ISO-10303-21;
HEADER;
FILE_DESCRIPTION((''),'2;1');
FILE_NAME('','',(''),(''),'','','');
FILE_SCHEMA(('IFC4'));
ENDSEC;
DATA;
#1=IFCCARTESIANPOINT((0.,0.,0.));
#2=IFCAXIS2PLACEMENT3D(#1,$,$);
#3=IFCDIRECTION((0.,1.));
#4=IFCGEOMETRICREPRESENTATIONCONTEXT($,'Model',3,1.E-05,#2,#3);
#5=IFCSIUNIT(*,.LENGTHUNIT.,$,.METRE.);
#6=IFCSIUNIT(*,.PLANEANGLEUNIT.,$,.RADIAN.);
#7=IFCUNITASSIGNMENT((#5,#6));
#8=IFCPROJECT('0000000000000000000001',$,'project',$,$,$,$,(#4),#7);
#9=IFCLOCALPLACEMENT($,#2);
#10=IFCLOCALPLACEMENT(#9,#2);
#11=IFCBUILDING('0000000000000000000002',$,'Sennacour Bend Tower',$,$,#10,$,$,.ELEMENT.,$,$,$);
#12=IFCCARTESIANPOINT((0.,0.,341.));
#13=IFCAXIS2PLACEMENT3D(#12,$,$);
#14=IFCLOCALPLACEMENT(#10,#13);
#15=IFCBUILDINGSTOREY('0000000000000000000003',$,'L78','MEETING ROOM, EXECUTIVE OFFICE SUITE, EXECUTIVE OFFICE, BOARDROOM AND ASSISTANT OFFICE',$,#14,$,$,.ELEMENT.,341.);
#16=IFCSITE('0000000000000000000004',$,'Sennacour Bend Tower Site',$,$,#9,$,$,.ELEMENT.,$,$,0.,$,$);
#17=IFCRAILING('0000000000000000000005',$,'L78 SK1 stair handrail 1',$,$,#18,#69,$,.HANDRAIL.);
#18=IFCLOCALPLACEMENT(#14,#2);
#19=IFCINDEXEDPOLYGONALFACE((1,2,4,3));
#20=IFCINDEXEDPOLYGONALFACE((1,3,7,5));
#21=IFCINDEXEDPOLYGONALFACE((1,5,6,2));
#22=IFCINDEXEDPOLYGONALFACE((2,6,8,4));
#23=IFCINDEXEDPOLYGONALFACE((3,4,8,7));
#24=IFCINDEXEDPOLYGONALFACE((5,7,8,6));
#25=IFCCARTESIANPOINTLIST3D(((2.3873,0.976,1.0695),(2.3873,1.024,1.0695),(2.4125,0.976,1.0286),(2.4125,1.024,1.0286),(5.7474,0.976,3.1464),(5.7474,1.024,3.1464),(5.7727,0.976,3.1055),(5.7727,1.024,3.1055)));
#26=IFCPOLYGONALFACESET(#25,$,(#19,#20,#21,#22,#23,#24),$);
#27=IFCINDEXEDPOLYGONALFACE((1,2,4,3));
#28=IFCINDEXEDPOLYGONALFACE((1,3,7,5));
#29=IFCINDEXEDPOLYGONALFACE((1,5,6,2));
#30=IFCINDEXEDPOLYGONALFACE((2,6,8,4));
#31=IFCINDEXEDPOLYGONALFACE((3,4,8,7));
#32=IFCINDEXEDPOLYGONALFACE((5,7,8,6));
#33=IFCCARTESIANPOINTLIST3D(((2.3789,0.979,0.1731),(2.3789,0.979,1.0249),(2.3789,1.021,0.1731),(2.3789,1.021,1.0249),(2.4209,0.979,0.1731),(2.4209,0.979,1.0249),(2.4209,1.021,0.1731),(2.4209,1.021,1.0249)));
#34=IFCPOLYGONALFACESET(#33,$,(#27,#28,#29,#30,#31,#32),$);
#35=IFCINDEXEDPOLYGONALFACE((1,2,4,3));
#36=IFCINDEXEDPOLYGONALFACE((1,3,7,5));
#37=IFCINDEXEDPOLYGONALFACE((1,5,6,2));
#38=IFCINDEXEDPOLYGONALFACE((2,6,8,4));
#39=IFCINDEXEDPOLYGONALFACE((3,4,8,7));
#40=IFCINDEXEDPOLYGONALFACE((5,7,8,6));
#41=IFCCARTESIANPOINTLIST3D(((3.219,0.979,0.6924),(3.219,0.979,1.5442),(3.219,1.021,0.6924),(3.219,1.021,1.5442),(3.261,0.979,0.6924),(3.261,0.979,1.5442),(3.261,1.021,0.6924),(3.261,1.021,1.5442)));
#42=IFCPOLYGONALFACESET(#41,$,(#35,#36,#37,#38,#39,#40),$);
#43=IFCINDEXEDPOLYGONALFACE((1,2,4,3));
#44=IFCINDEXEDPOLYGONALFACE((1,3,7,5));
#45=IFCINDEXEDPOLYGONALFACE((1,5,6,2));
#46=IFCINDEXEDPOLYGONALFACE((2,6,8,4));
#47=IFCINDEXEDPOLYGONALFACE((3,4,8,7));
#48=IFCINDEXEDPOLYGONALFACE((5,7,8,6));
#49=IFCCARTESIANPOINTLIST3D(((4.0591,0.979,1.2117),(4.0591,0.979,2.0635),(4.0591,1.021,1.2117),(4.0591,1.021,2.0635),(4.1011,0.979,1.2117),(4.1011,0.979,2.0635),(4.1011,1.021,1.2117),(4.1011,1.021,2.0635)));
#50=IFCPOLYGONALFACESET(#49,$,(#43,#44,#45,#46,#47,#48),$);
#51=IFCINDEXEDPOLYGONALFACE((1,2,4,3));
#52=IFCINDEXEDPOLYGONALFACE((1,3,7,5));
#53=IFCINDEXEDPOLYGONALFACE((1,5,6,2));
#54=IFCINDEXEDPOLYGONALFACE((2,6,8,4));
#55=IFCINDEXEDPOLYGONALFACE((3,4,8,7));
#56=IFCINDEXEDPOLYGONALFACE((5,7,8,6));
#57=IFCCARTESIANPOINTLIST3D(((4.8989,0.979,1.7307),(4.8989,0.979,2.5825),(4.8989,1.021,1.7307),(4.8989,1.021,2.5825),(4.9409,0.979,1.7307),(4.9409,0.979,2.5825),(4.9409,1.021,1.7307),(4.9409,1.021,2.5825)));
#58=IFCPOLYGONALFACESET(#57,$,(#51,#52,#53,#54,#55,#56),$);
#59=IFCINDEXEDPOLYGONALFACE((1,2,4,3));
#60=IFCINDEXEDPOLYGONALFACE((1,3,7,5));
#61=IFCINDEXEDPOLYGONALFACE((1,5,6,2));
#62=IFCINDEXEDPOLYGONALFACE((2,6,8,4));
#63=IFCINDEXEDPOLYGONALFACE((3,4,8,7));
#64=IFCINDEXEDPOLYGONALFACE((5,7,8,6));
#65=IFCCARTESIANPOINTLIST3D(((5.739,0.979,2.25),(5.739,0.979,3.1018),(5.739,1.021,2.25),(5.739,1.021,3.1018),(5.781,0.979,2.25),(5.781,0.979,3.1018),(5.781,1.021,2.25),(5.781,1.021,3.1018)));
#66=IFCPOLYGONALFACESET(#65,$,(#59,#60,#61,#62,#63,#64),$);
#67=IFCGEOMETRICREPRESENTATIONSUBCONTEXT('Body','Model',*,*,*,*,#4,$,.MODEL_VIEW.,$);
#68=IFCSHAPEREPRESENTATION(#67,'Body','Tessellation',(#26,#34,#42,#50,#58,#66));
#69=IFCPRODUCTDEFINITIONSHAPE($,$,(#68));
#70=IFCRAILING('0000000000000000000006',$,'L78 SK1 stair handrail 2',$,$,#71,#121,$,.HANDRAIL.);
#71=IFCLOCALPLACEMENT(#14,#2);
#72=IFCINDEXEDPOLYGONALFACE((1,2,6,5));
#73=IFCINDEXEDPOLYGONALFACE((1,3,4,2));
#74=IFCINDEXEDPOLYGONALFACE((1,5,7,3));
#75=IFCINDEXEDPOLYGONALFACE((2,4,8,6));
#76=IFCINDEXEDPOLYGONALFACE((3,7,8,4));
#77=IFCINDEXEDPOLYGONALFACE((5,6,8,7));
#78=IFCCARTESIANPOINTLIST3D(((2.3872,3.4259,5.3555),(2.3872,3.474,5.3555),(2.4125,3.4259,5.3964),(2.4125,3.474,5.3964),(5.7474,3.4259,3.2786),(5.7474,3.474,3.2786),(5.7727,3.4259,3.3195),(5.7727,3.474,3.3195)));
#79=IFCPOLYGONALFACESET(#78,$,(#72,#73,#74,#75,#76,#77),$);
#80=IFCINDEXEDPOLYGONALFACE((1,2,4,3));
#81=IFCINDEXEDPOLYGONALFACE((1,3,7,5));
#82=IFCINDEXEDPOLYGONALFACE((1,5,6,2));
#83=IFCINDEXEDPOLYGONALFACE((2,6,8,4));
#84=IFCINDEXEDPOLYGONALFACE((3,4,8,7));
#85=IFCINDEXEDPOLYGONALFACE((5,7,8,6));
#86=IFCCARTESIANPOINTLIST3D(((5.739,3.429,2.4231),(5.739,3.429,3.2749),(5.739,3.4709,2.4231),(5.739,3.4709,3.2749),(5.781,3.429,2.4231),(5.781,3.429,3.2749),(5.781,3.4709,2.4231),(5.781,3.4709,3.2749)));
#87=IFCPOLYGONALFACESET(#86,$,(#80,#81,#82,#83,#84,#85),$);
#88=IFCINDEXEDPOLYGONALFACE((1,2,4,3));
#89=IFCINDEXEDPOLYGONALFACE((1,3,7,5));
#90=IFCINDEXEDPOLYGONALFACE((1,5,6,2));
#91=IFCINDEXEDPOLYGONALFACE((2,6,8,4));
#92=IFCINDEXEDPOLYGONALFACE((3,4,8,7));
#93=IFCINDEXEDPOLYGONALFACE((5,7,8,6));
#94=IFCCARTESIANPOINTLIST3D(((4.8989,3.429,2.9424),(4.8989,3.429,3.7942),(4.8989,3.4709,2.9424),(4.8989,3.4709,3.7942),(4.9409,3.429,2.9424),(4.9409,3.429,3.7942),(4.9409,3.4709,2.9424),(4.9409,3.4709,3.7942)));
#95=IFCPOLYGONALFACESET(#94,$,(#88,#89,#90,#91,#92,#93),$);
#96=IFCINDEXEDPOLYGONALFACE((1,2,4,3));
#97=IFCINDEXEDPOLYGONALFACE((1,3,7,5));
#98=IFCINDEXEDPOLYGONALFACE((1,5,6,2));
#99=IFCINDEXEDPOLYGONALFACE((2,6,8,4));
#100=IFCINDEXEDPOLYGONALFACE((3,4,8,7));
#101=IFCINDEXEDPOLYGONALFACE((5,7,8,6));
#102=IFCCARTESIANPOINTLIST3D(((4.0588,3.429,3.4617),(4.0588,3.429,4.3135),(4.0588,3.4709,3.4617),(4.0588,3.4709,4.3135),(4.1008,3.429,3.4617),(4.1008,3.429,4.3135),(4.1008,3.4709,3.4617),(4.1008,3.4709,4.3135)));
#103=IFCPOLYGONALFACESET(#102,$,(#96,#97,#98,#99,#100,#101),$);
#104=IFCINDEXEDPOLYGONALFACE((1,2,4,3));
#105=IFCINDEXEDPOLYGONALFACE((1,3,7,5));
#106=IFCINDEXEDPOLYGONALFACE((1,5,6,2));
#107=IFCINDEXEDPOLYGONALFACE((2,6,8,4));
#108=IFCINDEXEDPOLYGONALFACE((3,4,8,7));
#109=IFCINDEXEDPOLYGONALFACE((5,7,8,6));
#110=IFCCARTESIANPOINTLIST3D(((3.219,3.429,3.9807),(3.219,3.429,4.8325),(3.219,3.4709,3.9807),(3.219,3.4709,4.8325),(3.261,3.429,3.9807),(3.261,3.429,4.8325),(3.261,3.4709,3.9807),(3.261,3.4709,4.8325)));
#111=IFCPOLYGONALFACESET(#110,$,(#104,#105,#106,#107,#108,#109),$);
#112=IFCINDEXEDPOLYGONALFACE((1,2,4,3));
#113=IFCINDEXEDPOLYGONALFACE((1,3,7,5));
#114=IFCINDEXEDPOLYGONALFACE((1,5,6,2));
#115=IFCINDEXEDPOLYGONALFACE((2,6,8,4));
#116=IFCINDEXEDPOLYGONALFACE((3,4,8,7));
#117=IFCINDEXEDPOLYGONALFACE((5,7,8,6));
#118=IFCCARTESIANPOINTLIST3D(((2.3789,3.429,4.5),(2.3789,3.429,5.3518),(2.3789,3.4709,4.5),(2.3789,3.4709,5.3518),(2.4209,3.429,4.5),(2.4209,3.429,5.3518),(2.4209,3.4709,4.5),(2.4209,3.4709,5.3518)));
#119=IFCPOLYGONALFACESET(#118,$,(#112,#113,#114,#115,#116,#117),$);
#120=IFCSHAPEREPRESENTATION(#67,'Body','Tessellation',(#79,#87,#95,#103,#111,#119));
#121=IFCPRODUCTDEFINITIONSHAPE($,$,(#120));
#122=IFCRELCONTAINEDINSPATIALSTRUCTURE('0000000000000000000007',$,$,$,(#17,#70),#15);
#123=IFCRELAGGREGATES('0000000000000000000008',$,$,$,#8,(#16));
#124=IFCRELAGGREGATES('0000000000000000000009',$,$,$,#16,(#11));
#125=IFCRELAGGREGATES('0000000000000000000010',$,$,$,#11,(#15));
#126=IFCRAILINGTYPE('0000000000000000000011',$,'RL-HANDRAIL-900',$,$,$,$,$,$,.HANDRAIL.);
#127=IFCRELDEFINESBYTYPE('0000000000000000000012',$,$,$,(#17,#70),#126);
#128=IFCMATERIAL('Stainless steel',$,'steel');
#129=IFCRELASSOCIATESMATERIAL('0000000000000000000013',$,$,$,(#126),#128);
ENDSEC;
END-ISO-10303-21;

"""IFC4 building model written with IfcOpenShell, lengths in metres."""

from ifc_helpers import new_model, si_unit, direction, frame, origin, origin_2d, place, context, subcontext, project, spatial, rectangle, extrude, material, type_object, element, save


model = new_model("IFC4")

# Units and contexts
model_context = context("Model", 3, precision=1e-05, world=origin(), true_north=direction((0.0, 1.0)))
body_context = subcontext(model_context, "Body", "Model", "MODEL_VIEW")
ifc_project = project(units=[si_unit("LENGTHUNIT", "METRE"), si_unit("PLANEANGLEUNIT", "RADIAN")], contexts=[model_context])

# Site, building, storey
site_placement = place(None, origin())
site = spatial("IfcSite", under=ifc_project, at=site_placement, Name="Sennacour Bend Tower Site", CompositionType="ELEMENT", RefElevation=0.0)
building_placement = place(site_placement, origin())
building = spatial("IfcBuilding", under=site, at=building_placement, Name="Sennacour Bend Tower", CompositionType="ELEMENT")
storey_placement = place(building_placement, frame((0.0, 0.0, 341.0)))
storey = spatial("IfcBuildingStorey", under=building, at=storey_placement, Name="L78", Description="MEETING ROOM, EXECUTIVE OFFICE SUITE, EXECUTIVE OFFICE, BOARDROOM AND ASSISTANT OFFICE", CompositionType="ELEMENT", Elevation=341.0)

# Railings
ifc_material_1 = material(Name="Stainless steel", Category="steel")
railing_type_1 = type_object("IfcRailingType", Name="RL-HANDRAIL-900", PredefinedType="HANDRAIL", material=ifc_material_1)
railing_1_placement = place(storey_placement, frame((2.3999, 1.0, 0.1731)))
element("IfcRailing", 1, at=railing_1_placement, inside=storey, type_object=railing_type_1, Name="L78 SK1 stair handrail 1", PredefinedType="HANDRAIL", context=body_context, shape_type="SweptSolid", body=[
    extrude(rectangle(XDim=0.0481, YDim=0.0481, at=origin_2d()), frame((0.0, 0.0, 0.876), z_axis=(0.850623, 0.0, 0.525776), x_axis=(0.0, 1.0, 0.0)), (0.0, 0.0, 1.0), 3.9502),
    extrude(rectangle(XDim=0.042, YDim=0.042, at=origin_2d()), origin(), (0.0, 0.0, 1.0), 0.8518),
    extrude(rectangle(XDim=0.042, YDim=0.042, at=origin_2d()), frame((0.8401, 0.0, 0.5193)), (0.0, 0.0, 1.0), 0.8518),
    extrude(rectangle(XDim=0.042, YDim=0.042, at=origin_2d()), frame((1.6802, 0.0, 1.0386)), (0.0, 0.0, 1.0), 0.8518),
    extrude(rectangle(XDim=0.042, YDim=0.042, at=origin_2d()), frame((2.52, 0.0, 1.5576)), (0.0, 0.0, 1.0), 0.8518),
    extrude(rectangle(XDim=0.042, YDim=0.042, at=origin_2d()), frame((3.3601, 0.0, 2.0769)), (0.0, 0.0, 1.0), 0.8518),
])
railing_2_placement = place(storey_placement, frame((5.76, 3.45, 2.4231)))
element("IfcRailing", 2, at=railing_2_placement, inside=storey, type_object=railing_type_1, Name="L78 SK1 stair handrail 2", PredefinedType="HANDRAIL", context=body_context, shape_type="SweptSolid", body=[
    extrude(rectangle(XDim=0.0481, YDim=0.0481, at=origin_2d()), frame((0.0, 0.0, 0.876), z_axis=(-0.850623, 0.0, 0.525776), x_axis=(0.0, -1.0, 0.0)), (0.0, 0.0, 1.0), 3.9502),
    extrude(rectangle(XDim=0.042, YDim=0.042, at=origin_2d()), origin(), (0.0, 0.0, 1.0), 0.8518),
    extrude(rectangle(XDim=0.042, YDim=0.042, at=origin_2d()), frame((-0.8401, 0.0, 0.5193)), (0.0, 0.0, 1.0), 0.8518),
    extrude(rectangle(XDim=0.042, YDim=0.042, at=origin_2d()), frame((-1.6802, 0.0, 1.0386)), (0.0, 0.0, 1.0), 0.8518),
    extrude(rectangle(XDim=0.042, YDim=0.042, at=origin_2d()), frame((-2.52, 0.0, 1.5576)), (0.0, 0.0, 1.0), 0.8518),
    extrude(rectangle(XDim=0.042, YDim=0.042, at=origin_2d()), frame((-3.3601, 0.0, 2.0769)), (0.0, 0.0, 1.0), 0.8518),
])

save(model, "model.ifc")
